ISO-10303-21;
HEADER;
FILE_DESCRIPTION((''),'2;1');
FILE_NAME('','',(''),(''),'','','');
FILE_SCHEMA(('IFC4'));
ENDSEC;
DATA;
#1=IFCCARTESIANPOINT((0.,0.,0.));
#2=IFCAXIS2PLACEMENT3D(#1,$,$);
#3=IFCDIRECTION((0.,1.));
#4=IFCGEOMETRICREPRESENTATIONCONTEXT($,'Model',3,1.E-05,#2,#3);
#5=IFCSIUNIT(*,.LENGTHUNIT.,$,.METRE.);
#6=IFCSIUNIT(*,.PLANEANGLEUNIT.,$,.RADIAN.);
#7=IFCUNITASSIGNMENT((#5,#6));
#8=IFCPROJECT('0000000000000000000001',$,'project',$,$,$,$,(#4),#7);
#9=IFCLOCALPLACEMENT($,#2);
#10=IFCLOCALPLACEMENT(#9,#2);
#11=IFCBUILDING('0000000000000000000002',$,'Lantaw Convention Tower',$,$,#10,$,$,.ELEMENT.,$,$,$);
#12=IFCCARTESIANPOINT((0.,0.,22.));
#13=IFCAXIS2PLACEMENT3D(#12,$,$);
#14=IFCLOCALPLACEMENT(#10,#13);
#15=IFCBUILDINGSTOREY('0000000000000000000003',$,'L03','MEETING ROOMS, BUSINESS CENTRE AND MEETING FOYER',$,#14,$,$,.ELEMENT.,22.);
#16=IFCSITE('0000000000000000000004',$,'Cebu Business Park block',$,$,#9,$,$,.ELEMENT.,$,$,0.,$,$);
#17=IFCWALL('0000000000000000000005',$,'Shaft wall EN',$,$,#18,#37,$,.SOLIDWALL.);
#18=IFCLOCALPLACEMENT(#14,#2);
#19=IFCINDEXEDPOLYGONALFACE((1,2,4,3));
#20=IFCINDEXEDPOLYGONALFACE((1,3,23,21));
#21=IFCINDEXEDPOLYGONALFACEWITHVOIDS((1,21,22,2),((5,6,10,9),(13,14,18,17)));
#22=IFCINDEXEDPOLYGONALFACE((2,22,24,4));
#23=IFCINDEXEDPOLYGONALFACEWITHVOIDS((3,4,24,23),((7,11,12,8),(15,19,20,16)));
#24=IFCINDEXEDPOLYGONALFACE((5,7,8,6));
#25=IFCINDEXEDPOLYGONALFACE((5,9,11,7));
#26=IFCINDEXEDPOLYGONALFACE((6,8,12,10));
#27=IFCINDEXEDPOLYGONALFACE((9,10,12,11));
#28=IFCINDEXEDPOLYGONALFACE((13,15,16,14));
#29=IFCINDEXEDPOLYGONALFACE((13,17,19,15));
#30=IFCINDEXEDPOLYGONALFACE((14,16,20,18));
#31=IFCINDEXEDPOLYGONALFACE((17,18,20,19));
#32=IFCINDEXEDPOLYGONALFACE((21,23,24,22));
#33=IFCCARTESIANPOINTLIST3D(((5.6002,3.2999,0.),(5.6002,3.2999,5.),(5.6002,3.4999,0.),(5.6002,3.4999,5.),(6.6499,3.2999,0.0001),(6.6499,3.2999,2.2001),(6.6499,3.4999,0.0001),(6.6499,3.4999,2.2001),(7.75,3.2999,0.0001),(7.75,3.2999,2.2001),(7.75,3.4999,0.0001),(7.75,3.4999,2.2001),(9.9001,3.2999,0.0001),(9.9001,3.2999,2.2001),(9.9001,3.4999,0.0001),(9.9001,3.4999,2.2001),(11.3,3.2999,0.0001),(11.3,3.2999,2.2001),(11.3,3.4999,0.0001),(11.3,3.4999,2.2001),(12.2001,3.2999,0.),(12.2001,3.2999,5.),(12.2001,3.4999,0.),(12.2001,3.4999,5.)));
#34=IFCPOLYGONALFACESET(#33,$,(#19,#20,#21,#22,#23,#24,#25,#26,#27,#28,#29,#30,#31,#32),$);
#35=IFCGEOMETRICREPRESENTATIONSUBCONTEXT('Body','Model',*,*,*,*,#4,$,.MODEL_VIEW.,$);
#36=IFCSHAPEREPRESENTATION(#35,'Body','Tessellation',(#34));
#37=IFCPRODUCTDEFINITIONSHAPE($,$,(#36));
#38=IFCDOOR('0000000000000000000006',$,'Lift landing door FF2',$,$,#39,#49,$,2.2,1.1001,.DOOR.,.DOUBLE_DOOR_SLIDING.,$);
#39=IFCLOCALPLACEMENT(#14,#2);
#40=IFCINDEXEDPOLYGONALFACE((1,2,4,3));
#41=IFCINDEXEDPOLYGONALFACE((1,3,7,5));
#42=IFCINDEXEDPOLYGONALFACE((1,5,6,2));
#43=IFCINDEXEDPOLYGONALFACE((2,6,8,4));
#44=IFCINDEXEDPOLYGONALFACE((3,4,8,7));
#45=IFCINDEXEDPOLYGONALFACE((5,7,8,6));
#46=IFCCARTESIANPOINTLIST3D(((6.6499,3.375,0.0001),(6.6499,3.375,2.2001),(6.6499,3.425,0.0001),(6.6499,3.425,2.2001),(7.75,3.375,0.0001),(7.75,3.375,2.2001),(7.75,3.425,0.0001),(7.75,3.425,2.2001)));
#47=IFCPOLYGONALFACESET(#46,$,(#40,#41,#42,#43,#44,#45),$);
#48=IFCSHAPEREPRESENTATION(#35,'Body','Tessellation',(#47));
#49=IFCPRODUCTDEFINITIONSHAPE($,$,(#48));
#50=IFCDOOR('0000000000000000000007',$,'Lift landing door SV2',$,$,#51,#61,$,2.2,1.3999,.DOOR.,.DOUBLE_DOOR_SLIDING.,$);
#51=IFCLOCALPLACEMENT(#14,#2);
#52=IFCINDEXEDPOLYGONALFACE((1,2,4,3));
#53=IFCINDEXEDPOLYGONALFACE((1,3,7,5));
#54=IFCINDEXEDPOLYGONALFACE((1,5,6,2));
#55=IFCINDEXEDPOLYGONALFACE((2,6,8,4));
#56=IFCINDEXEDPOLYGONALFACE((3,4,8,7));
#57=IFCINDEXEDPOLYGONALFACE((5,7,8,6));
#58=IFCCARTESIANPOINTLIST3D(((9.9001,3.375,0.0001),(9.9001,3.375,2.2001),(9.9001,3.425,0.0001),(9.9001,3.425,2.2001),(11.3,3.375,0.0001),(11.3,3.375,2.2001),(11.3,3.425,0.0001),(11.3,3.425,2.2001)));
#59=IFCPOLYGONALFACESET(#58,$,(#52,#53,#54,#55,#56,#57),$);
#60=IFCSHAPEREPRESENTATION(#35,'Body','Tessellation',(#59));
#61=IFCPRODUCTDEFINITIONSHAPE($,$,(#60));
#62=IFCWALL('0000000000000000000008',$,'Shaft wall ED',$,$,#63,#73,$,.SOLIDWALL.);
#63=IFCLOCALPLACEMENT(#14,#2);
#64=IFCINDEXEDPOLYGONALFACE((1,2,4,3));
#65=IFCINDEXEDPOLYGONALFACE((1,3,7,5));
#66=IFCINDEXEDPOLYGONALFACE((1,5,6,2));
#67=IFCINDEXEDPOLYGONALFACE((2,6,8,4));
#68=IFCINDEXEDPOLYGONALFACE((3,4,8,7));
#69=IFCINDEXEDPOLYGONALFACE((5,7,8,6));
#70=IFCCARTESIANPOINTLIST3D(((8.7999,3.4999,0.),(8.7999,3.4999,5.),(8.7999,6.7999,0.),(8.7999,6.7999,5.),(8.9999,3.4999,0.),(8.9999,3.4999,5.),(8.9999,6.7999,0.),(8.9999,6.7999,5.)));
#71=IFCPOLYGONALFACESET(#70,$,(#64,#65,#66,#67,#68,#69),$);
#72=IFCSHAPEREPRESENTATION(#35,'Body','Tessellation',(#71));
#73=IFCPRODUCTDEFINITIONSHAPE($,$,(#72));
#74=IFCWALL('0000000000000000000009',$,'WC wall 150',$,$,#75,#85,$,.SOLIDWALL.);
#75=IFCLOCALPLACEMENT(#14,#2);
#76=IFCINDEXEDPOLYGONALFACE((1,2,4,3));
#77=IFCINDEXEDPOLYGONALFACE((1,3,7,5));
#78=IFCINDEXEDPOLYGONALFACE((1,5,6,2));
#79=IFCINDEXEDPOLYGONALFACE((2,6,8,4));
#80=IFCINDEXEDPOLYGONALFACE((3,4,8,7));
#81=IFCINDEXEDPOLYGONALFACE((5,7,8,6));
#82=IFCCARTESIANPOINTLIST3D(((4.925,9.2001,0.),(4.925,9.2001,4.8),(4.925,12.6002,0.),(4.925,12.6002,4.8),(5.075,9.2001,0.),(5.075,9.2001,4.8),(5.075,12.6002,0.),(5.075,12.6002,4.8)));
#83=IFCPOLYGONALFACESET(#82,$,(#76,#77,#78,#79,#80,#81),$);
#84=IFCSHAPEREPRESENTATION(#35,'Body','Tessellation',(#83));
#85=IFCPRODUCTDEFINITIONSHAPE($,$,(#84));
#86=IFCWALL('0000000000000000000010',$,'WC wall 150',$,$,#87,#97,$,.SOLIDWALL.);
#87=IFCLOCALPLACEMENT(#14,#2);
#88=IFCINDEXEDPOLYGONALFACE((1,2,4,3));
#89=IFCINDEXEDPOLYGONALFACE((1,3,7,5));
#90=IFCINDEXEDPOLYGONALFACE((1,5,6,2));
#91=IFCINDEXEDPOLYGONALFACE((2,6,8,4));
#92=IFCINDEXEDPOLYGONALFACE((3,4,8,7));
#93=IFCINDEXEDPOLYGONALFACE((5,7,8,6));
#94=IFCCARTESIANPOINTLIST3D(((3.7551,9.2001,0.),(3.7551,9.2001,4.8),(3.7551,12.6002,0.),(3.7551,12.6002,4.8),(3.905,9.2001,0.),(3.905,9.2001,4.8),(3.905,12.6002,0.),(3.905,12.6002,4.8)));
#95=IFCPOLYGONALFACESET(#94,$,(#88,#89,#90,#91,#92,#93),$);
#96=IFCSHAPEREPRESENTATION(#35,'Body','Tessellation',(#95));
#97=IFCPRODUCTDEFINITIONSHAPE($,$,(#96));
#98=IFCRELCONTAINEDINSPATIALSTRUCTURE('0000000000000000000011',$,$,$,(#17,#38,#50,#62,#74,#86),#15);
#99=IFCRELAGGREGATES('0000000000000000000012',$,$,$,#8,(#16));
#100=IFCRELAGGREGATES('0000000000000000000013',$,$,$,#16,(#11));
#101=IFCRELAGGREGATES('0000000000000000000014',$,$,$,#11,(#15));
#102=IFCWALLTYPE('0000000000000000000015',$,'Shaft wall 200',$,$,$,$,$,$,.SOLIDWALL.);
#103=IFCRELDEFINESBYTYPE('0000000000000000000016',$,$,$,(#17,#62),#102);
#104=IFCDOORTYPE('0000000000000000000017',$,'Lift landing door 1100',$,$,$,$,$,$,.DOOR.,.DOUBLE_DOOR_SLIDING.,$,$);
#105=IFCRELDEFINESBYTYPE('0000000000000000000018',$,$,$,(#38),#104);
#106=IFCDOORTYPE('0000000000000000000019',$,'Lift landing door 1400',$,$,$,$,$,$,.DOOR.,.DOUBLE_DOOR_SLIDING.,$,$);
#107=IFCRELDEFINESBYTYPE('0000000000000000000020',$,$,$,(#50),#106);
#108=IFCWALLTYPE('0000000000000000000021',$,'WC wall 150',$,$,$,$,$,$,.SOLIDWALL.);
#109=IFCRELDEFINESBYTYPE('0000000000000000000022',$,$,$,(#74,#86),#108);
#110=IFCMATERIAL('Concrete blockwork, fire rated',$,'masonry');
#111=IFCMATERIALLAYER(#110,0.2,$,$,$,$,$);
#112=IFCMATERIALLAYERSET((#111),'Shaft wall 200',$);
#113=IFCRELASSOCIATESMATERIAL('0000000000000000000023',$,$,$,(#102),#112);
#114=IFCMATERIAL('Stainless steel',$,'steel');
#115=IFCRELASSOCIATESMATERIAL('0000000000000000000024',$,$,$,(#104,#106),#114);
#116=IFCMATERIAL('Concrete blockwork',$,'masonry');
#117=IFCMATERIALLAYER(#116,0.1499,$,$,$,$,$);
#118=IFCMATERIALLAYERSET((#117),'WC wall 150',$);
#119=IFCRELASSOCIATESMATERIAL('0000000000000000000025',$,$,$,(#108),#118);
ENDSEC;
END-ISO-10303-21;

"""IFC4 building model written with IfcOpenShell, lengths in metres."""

from ifc_helpers import new_model, si_unit, direction, frame, frame_2d, origin, place, context, subcontext, project, spatial, rectangle, extrude, material, layer, layer_set, type_object, element, fill, save


model = new_model("IFC4")

# Units and contexts
model_context = context("Model", 3, precision=1e-05, world=origin(), true_north=direction((0.0, 1.0)))
body_context = subcontext(model_context, "Body", "Model", "MODEL_VIEW")
ifc_project = project(units=[si_unit("LENGTHUNIT", "METRE"), si_unit("PLANEANGLEUNIT", "RADIAN")], contexts=[model_context])

# Site, building, storey
site_placement = place(None, origin())
site = spatial("IfcSite", under=ifc_project, at=site_placement, Name="Cebu Business Park block", CompositionType="ELEMENT", RefElevation=0.0)
building_placement = place(site_placement, origin())
building = spatial("IfcBuilding", under=site, at=building_placement, Name="Lantaw Convention Tower", CompositionType="ELEMENT")
storey_placement = place(building_placement, frame((0.0, 0.0, 22.0)))
storey = spatial("IfcBuildingStorey", under=building, at=storey_placement, Name="L03", Description="MEETING ROOMS, BUSINESS CENTRE AND MEETING FOYER", CompositionType="ELEMENT", Elevation=22.0)

# Wall, openings, doors
ifc_material_1 = material(Name="Concrete blockwork, fire rated", Category="masonry")
ifc_layer_1 = layer(ifc_material_1, 0.2)
ifc_layer_set_1 = layer_set([ifc_layer_1], Name="Shaft wall 200")
wall_type_1 = type_object("IfcWallType", Name="Shaft wall 200", PredefinedType="SOLIDWALL", material=ifc_layer_set_1)
wall_1_placement = place(storey_placement, frame((12.2, 3.3999, 0.0), z_axis=(0.0, 0.0, 1.0), x_axis=(-1.0, 0.0, 0.0)))
wall_1 = element("IfcWall", 1, at=wall_1_placement, inside=storey, type_object=wall_type_1, Name="Shaft wall EN", PredefinedType="SOLIDWALL", context=body_context, shape_type="SweptSolid", body=[
    extrude(rectangle(XDim=6.5999, YDim=0.2, at=frame_2d((3.2998, 0.0))), origin(), (0.0, 0.0, 1.0), 5.0),
])
opening_1_placement = place(wall_1_placement, frame((4.45, 0.0, 0.0)))
opening_1 = element("IfcOpeningElement", 2, at=opening_1_placement, cuts=wall_1, PredefinedType="OPENING", context=body_context, shape_type="SweptSolid", body=[
    extrude(rectangle(XDim=1.1001, YDim=2.2, at=frame_2d((0.55, 1.1001))), frame((0.0, 0.1099, 0.0), z_axis=(0.0, -1.0, 0.0), x_axis=(1.0, 0.0, 0.0)), (0.0, 0.0, 1.0), 0.22),
])
opening_2_placement = place(wall_1_placement, frame((0.8999, 0.0, 0.0)))
opening_2 = element("IfcOpeningElement", 3, at=opening_2_placement, cuts=wall_1, PredefinedType="OPENING", context=body_context, shape_type="SweptSolid", body=[
    extrude(rectangle(XDim=1.3999, YDim=2.2, at=frame_2d((0.7, 1.1001))), frame((0.0, 0.1099, 0.0), z_axis=(0.0, -1.0, 0.0), x_axis=(1.0, 0.0, 0.0)), (0.0, 0.0, 1.0), 0.22),
])
ifc_material_2 = material(Name="Stainless steel", Category="steel")
door_type_1 = type_object("IfcDoorType", Name="Lift landing door 1100", OperationType="DOUBLE_DOOR_SLIDING", PredefinedType="DOOR", material=ifc_material_2)
door_1_placement = place(opening_1_placement, origin())
door_1 = element("IfcDoor", 4, at=door_1_placement, inside=storey, type_object=door_type_1, Name="Lift landing door FF2", OperationType="DOUBLE_DOOR_SLIDING", OverallHeight=2.2, OverallWidth=1.1001, PredefinedType="DOOR", context=body_context, shape_type="SweptSolid", body=[
    extrude(rectangle(XDim=1.1001, YDim=2.2, at=frame_2d((0.55, 1.1001))), frame((0.0, 0.0249, 0.0), z_axis=(0.0, -1.0, 0.0), x_axis=(1.0, 0.0, 0.0)), (0.0, 0.0, 1.0), 0.05),
])
fill(opening_1, door_1)
door_type_2 = type_object("IfcDoorType", Name="Lift landing door 1400", OperationType="DOUBLE_DOOR_SLIDING", PredefinedType="DOOR", material=ifc_material_2)
door_2_placement = place(opening_2_placement, origin())
door_2 = element("IfcDoor", 5, at=door_2_placement, inside=storey, type_object=door_type_2, Name="Lift landing door SV2", OperationType="DOUBLE_DOOR_SLIDING", OverallHeight=2.2, OverallWidth=1.3999, PredefinedType="DOOR", context=body_context, shape_type="SweptSolid", body=[
    extrude(rectangle(XDim=1.3999, YDim=2.2, at=frame_2d((0.7, 1.1001))), frame((0.0, 0.0249, 0.0), z_axis=(0.0, -1.0, 0.0), x_axis=(1.0, 0.0, 0.0)), (0.0, 0.0, 1.0), 0.05),
])
fill(opening_2, door_2)

# Walls
wall_2_placement = place(storey_placement, frame((8.8999, 3.5, 0.0), z_axis=(0.0, 0.0, 1.0), x_axis=(0.0, 1.0, 0.0)))
element("IfcWall", 6, at=wall_2_placement, inside=storey, type_object=wall_type_1, Name="Shaft wall ED", PredefinedType="SOLIDWALL", context=body_context, shape_type="SweptSolid", body=[
    extrude(rectangle(XDim=3.3, YDim=0.2, at=frame_2d((1.6499, 0.0))), origin(), (0.0, 0.0, 1.0), 5.0),
])
ifc_material_3 = material(Name="Concrete blockwork", Category="masonry")
ifc_layer_2 = layer(ifc_material_3, 0.1499)
ifc_layer_set_2 = layer_set([ifc_layer_2], Name="WC wall 150")
wall_type_2 = type_object("IfcWallType", Name="WC wall 150", PredefinedType="SOLIDWALL", material=ifc_layer_set_2)
for number, where, z_axis, x_axis, name in (
    (7, (5.0, 9.2, 0.0), (0.0, 0.0, 1.0), (0.0, 1.0, 0.0), "WC wall 150"),
    (8, (3.8301, 9.2, 0.0), (0.0, 0.0, 1.0), (0.0, 1.0, 0.0), "WC wall 150"),
):
    element("IfcWall", number, at=place(storey_placement, frame(where, z_axis=z_axis, x_axis=x_axis)), inside=storey, type_object=wall_type_2, Name=name, PredefinedType="SOLIDWALL", context=body_context, shape_type="SweptSolid", body=[
        extrude(rectangle(XDim=3.4001, YDim=0.1499, at=frame_2d((1.7002, 0.0))), origin(), (0.0, 0.0, 1.0), 4.8),
    ])

save(model, "model.ifc")
